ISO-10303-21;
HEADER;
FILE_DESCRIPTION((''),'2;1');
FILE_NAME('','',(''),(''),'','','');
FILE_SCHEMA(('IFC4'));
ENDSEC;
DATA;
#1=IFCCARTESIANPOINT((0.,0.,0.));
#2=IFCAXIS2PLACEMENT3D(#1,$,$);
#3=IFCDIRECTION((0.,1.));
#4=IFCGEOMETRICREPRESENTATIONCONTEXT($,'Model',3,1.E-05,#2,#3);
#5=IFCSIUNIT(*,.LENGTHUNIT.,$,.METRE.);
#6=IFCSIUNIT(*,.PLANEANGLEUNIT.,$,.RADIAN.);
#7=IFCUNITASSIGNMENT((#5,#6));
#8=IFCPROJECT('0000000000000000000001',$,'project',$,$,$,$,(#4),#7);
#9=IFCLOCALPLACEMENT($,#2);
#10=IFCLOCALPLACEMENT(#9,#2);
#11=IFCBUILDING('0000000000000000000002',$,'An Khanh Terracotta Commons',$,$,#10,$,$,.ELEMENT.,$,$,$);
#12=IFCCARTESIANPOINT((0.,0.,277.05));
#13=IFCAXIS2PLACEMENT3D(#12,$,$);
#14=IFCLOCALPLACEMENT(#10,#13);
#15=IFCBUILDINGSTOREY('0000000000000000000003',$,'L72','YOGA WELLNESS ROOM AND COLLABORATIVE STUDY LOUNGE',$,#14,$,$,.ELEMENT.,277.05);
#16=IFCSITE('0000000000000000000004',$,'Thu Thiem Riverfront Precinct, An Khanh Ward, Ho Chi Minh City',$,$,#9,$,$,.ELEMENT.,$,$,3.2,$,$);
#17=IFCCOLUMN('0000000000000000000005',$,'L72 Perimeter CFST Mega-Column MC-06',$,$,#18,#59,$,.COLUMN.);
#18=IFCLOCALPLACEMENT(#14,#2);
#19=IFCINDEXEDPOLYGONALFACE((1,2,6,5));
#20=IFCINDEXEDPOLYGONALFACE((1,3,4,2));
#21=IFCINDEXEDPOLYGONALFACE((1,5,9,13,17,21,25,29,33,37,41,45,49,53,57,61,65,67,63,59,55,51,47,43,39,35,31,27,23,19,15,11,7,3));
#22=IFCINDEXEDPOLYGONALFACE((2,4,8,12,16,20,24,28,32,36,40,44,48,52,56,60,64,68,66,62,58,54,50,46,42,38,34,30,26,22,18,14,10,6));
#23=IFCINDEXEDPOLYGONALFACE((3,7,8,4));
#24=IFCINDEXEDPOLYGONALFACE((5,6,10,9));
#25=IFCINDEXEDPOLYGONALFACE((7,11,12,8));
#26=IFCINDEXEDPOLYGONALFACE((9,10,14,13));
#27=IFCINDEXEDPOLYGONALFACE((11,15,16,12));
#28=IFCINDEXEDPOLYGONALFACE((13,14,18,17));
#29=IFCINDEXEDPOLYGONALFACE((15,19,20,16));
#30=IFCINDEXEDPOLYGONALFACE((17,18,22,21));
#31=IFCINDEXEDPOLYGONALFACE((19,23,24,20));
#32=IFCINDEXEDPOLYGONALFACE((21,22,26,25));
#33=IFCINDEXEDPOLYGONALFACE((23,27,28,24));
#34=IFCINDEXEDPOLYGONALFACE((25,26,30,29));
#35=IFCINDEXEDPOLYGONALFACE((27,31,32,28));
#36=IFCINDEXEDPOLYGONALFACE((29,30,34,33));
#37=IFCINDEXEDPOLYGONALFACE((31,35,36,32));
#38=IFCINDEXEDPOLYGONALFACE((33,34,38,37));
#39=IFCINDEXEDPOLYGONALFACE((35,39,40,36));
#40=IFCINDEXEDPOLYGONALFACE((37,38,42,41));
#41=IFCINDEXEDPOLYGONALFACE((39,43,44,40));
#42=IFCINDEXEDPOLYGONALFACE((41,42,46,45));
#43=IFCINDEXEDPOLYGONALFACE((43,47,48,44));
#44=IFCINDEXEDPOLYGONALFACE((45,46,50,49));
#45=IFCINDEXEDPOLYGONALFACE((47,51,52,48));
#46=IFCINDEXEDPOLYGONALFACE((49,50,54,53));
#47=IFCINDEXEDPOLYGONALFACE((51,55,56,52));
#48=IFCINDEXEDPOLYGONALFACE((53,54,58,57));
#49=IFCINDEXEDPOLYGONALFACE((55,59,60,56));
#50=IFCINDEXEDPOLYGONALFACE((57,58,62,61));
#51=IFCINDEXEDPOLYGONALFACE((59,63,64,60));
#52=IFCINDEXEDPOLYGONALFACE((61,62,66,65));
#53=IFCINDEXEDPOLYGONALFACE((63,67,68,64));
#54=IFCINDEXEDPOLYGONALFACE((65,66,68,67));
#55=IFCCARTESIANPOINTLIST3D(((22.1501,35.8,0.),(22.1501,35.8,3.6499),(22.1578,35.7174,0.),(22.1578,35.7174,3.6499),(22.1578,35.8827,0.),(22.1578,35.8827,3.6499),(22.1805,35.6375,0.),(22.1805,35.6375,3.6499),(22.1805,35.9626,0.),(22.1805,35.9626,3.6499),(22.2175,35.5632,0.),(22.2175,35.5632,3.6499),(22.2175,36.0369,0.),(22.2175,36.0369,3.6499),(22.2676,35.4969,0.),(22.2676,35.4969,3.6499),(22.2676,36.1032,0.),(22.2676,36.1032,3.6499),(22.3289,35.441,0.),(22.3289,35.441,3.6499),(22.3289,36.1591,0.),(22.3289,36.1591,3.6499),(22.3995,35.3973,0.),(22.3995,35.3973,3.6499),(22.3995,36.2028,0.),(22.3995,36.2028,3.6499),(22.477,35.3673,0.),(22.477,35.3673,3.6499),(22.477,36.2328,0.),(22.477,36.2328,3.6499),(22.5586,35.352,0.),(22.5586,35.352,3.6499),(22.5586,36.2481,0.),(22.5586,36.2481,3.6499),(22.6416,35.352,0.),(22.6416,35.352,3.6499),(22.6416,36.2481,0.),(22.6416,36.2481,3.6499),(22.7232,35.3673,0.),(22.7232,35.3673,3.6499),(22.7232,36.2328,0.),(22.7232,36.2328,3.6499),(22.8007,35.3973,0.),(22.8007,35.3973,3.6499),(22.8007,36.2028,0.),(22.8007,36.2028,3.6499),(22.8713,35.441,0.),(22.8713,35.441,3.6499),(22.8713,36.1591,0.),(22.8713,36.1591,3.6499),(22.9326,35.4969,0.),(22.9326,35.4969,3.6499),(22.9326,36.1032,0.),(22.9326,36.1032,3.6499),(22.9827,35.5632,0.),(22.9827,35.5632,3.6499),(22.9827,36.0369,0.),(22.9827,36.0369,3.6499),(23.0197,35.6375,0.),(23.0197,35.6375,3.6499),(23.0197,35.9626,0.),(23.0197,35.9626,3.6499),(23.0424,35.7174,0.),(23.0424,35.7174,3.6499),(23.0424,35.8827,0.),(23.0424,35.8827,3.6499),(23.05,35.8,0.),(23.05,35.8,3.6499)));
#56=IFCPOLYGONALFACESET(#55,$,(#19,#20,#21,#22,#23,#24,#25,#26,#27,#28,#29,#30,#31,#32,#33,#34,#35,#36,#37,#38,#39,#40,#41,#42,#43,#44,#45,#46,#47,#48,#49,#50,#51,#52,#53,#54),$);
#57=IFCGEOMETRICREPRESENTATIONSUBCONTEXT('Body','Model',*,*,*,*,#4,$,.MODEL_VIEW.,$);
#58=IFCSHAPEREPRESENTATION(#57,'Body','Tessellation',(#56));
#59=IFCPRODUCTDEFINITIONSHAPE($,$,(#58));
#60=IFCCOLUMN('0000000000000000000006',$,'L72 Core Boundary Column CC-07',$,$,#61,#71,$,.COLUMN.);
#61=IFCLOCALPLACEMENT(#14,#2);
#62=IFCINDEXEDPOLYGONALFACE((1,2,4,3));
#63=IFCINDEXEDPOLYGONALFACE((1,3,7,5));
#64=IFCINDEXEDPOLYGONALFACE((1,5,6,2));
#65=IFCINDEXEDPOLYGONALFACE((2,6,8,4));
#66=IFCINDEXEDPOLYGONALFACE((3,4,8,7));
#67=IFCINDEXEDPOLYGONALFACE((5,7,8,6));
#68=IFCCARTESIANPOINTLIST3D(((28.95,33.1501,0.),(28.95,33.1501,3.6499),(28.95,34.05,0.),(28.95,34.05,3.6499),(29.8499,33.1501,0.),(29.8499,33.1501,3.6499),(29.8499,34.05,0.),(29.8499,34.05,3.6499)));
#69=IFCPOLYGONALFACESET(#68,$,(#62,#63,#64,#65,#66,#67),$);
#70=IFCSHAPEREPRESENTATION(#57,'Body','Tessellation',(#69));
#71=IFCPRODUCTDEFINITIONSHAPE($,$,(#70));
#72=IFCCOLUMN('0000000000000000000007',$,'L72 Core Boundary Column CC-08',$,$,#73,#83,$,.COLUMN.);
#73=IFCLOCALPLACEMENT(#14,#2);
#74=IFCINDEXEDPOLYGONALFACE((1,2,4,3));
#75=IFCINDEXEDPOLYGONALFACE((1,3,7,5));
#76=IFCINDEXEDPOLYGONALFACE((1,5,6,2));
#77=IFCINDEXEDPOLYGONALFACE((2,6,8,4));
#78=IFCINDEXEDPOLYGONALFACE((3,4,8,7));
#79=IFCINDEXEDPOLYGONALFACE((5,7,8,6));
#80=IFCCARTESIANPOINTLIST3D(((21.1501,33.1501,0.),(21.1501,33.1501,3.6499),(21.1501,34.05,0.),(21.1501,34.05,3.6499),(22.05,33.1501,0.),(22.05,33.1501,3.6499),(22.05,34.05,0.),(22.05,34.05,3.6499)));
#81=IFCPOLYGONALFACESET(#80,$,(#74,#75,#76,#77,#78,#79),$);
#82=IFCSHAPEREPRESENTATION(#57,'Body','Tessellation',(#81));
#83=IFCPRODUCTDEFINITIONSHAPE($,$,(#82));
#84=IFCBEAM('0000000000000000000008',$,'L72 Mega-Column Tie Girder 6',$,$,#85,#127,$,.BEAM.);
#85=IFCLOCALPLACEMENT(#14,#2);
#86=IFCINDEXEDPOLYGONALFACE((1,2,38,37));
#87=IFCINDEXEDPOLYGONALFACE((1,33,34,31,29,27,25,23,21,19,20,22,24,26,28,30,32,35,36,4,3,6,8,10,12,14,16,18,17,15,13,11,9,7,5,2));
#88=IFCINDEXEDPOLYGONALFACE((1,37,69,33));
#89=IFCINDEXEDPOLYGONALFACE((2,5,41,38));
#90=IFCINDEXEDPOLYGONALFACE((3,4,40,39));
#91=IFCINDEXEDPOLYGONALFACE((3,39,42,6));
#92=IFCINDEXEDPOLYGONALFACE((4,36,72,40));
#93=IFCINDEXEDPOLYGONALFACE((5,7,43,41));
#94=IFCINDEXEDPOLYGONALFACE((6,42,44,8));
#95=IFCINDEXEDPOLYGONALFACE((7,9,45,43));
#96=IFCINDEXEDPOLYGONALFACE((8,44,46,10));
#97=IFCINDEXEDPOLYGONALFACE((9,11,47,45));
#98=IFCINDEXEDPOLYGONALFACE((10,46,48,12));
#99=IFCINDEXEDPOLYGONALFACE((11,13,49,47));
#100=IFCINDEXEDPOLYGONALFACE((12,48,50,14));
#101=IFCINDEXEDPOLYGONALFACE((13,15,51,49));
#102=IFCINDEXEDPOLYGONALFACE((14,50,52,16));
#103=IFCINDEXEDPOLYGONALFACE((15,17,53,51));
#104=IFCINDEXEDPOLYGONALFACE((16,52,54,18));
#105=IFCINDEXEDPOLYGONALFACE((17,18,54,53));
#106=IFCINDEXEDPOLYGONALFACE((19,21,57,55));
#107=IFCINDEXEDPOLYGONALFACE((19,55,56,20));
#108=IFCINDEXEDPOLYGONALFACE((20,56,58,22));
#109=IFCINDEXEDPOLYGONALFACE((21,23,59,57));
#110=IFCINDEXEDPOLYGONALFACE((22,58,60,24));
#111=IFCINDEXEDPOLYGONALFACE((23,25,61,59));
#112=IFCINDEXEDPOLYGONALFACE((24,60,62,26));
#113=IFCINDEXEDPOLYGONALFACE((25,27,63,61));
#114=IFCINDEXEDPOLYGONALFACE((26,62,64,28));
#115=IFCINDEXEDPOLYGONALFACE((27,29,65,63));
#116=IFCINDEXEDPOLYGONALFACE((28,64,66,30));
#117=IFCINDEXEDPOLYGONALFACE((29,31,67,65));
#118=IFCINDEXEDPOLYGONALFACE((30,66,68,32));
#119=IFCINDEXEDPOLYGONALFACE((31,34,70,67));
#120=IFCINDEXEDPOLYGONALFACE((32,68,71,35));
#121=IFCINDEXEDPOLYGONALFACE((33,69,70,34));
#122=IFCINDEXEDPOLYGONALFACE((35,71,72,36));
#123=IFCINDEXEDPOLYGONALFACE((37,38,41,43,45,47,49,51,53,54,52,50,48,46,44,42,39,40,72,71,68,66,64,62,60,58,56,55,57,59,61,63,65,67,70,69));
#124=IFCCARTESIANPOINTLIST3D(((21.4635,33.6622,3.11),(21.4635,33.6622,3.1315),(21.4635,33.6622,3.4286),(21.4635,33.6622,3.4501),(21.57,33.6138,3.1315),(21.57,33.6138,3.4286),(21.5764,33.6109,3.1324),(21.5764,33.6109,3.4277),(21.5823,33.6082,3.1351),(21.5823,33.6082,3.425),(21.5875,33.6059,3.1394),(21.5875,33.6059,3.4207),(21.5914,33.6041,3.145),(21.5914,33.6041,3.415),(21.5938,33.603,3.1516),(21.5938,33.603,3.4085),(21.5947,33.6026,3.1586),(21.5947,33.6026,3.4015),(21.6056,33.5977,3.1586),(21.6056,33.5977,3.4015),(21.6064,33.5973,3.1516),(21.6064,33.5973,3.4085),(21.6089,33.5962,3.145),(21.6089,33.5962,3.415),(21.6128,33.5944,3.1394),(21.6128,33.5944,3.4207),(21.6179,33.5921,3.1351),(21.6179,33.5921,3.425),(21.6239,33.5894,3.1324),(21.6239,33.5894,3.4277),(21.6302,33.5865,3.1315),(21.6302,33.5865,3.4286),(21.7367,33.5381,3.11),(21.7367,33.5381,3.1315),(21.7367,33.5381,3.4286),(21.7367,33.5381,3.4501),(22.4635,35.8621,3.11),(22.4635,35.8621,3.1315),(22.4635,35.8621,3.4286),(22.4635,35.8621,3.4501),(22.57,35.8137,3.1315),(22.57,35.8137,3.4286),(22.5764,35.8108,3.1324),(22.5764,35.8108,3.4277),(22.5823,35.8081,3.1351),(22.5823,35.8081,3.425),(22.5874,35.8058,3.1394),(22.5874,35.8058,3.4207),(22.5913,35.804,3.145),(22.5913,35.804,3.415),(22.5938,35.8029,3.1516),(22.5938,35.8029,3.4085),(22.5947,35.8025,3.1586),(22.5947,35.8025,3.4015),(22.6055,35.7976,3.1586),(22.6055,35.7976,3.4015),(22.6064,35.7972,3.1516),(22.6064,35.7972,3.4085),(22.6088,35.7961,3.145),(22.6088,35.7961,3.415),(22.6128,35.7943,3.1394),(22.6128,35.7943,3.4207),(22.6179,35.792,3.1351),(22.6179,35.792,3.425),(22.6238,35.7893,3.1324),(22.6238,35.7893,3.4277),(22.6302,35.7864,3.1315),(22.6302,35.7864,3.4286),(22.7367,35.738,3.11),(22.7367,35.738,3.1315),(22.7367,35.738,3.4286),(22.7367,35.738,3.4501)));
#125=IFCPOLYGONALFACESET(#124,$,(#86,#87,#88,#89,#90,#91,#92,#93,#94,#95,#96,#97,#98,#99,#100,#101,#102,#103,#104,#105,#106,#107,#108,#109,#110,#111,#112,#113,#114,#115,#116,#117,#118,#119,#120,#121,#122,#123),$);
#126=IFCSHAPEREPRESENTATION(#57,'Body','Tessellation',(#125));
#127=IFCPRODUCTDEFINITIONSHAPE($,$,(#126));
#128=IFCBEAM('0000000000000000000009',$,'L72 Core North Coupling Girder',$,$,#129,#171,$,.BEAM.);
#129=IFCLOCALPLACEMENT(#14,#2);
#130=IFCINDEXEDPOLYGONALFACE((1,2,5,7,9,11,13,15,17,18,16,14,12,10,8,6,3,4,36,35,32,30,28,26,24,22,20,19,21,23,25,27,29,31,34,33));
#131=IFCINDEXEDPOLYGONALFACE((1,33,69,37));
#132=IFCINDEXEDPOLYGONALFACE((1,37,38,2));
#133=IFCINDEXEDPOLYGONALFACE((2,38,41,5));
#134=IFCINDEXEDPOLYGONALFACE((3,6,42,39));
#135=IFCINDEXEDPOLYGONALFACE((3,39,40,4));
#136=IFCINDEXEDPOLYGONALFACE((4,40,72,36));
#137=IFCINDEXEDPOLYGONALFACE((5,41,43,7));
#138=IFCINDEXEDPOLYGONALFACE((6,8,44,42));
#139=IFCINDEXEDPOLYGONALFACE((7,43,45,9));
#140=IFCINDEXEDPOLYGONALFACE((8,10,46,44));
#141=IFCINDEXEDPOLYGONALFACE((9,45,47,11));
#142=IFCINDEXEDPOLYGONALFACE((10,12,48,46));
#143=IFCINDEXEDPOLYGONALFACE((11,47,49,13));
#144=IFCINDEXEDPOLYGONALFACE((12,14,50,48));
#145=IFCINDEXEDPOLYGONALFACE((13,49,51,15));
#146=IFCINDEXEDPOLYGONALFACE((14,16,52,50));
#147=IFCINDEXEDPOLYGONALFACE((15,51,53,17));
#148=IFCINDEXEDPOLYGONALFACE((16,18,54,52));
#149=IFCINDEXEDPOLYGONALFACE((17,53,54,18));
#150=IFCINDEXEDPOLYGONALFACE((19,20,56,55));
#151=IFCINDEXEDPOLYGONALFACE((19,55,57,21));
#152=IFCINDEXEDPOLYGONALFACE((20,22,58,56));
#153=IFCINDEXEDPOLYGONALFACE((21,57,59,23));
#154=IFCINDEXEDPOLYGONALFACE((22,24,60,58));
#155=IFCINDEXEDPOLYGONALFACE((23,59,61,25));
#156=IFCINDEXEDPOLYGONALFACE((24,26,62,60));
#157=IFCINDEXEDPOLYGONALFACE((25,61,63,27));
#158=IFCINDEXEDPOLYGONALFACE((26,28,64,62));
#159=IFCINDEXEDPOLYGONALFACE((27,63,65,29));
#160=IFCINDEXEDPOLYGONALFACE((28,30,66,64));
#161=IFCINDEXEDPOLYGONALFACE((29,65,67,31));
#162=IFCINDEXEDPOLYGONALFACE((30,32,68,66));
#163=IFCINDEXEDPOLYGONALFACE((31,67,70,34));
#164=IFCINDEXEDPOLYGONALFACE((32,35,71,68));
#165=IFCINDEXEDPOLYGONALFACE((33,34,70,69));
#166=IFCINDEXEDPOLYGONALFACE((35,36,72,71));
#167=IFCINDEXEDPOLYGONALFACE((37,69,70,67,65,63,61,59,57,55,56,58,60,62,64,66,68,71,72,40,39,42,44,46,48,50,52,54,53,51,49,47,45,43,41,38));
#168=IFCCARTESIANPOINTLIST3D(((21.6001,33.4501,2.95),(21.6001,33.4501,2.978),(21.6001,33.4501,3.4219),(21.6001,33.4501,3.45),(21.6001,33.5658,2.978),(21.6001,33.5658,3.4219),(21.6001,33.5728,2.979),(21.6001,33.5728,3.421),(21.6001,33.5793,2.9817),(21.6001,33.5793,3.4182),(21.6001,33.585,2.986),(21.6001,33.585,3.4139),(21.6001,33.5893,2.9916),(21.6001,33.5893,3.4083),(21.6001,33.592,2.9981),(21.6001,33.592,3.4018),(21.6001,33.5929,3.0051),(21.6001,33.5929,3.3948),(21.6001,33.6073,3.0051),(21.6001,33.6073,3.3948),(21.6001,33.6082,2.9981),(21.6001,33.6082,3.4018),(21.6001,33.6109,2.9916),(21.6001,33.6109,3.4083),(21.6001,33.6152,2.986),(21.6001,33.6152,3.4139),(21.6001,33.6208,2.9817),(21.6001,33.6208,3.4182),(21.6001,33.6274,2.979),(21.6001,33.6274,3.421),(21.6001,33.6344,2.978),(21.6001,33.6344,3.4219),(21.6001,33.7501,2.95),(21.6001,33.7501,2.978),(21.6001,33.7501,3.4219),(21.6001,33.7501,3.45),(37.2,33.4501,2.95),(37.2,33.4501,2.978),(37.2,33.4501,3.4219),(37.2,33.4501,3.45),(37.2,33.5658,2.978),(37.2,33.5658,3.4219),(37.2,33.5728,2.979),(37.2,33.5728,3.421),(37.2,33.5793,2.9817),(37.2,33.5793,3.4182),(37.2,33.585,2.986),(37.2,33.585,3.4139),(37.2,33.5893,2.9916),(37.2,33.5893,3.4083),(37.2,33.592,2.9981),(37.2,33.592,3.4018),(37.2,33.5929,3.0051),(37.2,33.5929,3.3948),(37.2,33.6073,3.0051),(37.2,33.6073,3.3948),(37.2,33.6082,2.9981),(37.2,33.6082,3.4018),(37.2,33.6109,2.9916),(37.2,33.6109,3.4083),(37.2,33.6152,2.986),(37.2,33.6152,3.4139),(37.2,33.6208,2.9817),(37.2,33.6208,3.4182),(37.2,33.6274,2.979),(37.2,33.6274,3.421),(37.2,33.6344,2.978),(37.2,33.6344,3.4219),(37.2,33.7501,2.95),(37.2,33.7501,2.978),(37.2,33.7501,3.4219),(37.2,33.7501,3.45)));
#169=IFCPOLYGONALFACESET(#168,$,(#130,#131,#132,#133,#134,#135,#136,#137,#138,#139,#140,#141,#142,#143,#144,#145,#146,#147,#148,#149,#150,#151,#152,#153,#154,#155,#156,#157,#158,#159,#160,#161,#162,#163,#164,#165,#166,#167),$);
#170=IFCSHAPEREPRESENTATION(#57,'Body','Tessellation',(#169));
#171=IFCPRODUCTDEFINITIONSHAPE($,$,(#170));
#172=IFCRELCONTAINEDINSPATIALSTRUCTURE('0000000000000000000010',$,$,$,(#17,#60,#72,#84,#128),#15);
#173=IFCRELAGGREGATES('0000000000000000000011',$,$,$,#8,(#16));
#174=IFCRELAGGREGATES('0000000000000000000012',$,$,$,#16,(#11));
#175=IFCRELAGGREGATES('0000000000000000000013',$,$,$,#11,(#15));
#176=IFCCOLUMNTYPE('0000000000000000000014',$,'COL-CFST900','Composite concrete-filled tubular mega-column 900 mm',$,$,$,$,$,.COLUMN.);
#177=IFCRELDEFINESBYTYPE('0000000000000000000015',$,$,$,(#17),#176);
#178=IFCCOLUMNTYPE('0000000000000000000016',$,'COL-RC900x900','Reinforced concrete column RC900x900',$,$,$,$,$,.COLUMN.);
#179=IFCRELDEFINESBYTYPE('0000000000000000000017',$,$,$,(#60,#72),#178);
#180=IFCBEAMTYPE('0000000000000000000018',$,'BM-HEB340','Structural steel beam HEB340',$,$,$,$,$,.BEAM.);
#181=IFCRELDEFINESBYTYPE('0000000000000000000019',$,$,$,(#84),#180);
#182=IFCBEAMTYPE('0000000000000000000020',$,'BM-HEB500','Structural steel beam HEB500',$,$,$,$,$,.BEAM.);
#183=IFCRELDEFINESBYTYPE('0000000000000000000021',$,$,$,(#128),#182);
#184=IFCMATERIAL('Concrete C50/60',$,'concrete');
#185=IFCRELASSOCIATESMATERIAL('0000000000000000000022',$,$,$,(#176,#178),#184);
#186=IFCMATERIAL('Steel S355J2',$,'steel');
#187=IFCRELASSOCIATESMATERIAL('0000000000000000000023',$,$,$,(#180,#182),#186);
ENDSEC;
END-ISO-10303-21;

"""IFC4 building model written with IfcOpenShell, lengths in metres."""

from ifc_helpers import new_model, si_unit, direction, frame, origin, origin_2d, place, context, subcontext, project, spatial, rectangle, circle, i_section, extrude, material, material_profile, profile_set, type_object, element, save


model = new_model("IFC4")

# Units and contexts
model_context = context("Model", 3, precision=1e-05, world=origin(), true_north=direction((0.0, 1.0)))
body_context = subcontext(model_context, "Body", "Model", "MODEL_VIEW")
ifc_project = project(units=[si_unit("LENGTHUNIT", "METRE"), si_unit("PLANEANGLEUNIT", "RADIAN")], contexts=[model_context])

# Site, building, storey
site_placement = place(None, origin())
site = spatial("IfcSite", under=ifc_project, at=site_placement, Name="Thu Thiem Riverfront Precinct, An Khanh Ward, Ho Chi Minh City", CompositionType="ELEMENT", RefElevation=3.2)
building_placement = place(site_placement, origin())
building = spatial("IfcBuilding", under=site, at=building_placement, Name="An Khanh Terracotta Commons", CompositionType="ELEMENT")
storey_placement = place(building_placement, frame((0.0, 0.0, 277.05)))
storey = spatial("IfcBuildingStorey", under=building, at=storey_placement, Name="L72", Description="YOGA WELLNESS ROOM AND COLLABORATIVE STUDY LOUNGE", CompositionType="ELEMENT", Elevation=277.05)

# Columns
ifc_material_1 = material(Name="Concrete C50/60", Category="concrete")
ifc_material_profile_1 = material_profile(ifc_material_1, circle(Radius=0.45, at=origin_2d()), Name="CFST900")
ifc_profile_set_1 = profile_set([ifc_material_profile_1], Name="Concrete C50/60")
column_type_1 = type_object("IfcColumnType", Name="COL-CFST900", Description="Composite concrete-filled tubular mega-column 900 mm", PredefinedType="COLUMN", material=ifc_profile_set_1)
column_placement = place(storey_placement, frame((22.6001, 35.8, 0.0), z_axis=(0.0, 0.0, 1.0), x_axis=(1.0, 0.0, 0.0)))
element("IfcColumn", 1, at=column_placement, inside=storey, type_object=column_type_1, Name="L72 Perimeter CFST Mega-Column MC-06", PredefinedType="COLUMN", context=body_context, shape_type="SweptSolid", body=[
    extrude(circle(Radius=0.45, at=origin_2d()), origin(), (0.0, 0.0, 1.0), 3.6499),
])
ifc_material_profile_2 = material_profile(ifc_material_1, rectangle(XDim=0.8999, YDim=0.8999, at=origin_2d()), Name="RC900x900")
ifc_profile_set_2 = profile_set([ifc_material_profile_2], Name="Concrete C50/60")
column_type_2 = type_object("IfcColumnType", Name="COL-RC900x900", Description="Reinforced concrete column RC900x900", PredefinedType="COLUMN", material=ifc_profile_set_2)
for number, where, z_axis, x_axis, name in (
    (2, (29.3999, 33.6001, 0.0), (0.0, 0.0, 1.0), (1.0, 0.0, 0.0), "L72 Core Boundary Column CC-07"),
    (3, (21.6001, 33.6001, 0.0), (0.0, 0.0, 1.0), (1.0, 0.0, 0.0), "L72 Core Boundary Column CC-08"),
):
    element("IfcColumn", number, at=place(storey_placement, frame(where, z_axis=z_axis, x_axis=x_axis)), inside=storey, type_object=column_type_2, Name=name, PredefinedType="COLUMN", context=body_context, shape_type="SweptSolid", body=[
        extrude(rectangle(XDim=0.8999, YDim=0.8999, at=origin_2d()), origin(), (0.0, 0.0, 1.0), 3.6499),
    ])

# Beams
ifc_material_2 = material(Name="Steel S355J2", Category="steel")
ifc_material_profile_3 = material_profile(ifc_material_2, i_section(OverallWidth=0.3, OverallDepth=0.3401, WebThickness=0.012, FlangeThickness=0.0215, FilletRadius=0.0271, at=origin_2d()), Name="HEB340")
ifc_profile_set_3 = profile_set([ifc_material_profile_3], Name="Steel S355J2")
beam_type_1 = type_object("IfcBeamType", Name="BM-HEB340", Description="Structural steel beam HEB340", PredefinedType="BEAM", material=ifc_profile_set_3)
beam_1_placement = place(storey_placement, frame((22.6001, 35.8, 3.28), z_axis=(-0.413811, -0.910363, 0.0), x_axis=(0.910363, -0.413811, 0.0)))
element("IfcBeam", 4, at=beam_1_placement, inside=storey, type_object=beam_type_1, Name="L72 Mega-Column Tie Girder 6", PredefinedType="BEAM", context=body_context, shape_type="SweptSolid", body=[
    extrude(i_section(OverallWidth=0.3, OverallDepth=0.3401, WebThickness=0.012, FlangeThickness=0.0215, FilletRadius=0.0271, at=origin_2d()), origin(), (0.0, 0.0, 1.0), 2.4165),
])
ifc_material_profile_4 = material_profile(ifc_material_2, i_section(OverallWidth=0.3, OverallDepth=0.5, WebThickness=0.0144, FlangeThickness=0.0281, FilletRadius=0.0271, at=origin_2d()), Name="HEB500")
ifc_profile_set_4 = profile_set([ifc_material_profile_4], Name="Steel S355J2")
beam_type_2 = type_object("IfcBeamType", Name="BM-HEB500", Description="Structural steel beam HEB500", PredefinedType="BEAM", material=ifc_profile_set_4)
beam_2_placement = place(storey_placement, frame((21.6001, 33.6001, 3.2), z_axis=(1.0, 0.0, 0.0), x_axis=(0.0, 1.0, 0.0)))
element("IfcBeam", 5, at=beam_2_placement, inside=storey, type_object=beam_type_2, Name="L72 Core North Coupling Girder", PredefinedType="BEAM", context=body_context, shape_type="SweptSolid", body=[
    extrude(i_section(OverallWidth=0.3, OverallDepth=0.5, WebThickness=0.0144, FlangeThickness=0.0281, FilletRadius=0.0271, at=origin_2d()), origin(), (0.0, 0.0, 1.0), 15.5999),
])

save(model, "model.ifc")
